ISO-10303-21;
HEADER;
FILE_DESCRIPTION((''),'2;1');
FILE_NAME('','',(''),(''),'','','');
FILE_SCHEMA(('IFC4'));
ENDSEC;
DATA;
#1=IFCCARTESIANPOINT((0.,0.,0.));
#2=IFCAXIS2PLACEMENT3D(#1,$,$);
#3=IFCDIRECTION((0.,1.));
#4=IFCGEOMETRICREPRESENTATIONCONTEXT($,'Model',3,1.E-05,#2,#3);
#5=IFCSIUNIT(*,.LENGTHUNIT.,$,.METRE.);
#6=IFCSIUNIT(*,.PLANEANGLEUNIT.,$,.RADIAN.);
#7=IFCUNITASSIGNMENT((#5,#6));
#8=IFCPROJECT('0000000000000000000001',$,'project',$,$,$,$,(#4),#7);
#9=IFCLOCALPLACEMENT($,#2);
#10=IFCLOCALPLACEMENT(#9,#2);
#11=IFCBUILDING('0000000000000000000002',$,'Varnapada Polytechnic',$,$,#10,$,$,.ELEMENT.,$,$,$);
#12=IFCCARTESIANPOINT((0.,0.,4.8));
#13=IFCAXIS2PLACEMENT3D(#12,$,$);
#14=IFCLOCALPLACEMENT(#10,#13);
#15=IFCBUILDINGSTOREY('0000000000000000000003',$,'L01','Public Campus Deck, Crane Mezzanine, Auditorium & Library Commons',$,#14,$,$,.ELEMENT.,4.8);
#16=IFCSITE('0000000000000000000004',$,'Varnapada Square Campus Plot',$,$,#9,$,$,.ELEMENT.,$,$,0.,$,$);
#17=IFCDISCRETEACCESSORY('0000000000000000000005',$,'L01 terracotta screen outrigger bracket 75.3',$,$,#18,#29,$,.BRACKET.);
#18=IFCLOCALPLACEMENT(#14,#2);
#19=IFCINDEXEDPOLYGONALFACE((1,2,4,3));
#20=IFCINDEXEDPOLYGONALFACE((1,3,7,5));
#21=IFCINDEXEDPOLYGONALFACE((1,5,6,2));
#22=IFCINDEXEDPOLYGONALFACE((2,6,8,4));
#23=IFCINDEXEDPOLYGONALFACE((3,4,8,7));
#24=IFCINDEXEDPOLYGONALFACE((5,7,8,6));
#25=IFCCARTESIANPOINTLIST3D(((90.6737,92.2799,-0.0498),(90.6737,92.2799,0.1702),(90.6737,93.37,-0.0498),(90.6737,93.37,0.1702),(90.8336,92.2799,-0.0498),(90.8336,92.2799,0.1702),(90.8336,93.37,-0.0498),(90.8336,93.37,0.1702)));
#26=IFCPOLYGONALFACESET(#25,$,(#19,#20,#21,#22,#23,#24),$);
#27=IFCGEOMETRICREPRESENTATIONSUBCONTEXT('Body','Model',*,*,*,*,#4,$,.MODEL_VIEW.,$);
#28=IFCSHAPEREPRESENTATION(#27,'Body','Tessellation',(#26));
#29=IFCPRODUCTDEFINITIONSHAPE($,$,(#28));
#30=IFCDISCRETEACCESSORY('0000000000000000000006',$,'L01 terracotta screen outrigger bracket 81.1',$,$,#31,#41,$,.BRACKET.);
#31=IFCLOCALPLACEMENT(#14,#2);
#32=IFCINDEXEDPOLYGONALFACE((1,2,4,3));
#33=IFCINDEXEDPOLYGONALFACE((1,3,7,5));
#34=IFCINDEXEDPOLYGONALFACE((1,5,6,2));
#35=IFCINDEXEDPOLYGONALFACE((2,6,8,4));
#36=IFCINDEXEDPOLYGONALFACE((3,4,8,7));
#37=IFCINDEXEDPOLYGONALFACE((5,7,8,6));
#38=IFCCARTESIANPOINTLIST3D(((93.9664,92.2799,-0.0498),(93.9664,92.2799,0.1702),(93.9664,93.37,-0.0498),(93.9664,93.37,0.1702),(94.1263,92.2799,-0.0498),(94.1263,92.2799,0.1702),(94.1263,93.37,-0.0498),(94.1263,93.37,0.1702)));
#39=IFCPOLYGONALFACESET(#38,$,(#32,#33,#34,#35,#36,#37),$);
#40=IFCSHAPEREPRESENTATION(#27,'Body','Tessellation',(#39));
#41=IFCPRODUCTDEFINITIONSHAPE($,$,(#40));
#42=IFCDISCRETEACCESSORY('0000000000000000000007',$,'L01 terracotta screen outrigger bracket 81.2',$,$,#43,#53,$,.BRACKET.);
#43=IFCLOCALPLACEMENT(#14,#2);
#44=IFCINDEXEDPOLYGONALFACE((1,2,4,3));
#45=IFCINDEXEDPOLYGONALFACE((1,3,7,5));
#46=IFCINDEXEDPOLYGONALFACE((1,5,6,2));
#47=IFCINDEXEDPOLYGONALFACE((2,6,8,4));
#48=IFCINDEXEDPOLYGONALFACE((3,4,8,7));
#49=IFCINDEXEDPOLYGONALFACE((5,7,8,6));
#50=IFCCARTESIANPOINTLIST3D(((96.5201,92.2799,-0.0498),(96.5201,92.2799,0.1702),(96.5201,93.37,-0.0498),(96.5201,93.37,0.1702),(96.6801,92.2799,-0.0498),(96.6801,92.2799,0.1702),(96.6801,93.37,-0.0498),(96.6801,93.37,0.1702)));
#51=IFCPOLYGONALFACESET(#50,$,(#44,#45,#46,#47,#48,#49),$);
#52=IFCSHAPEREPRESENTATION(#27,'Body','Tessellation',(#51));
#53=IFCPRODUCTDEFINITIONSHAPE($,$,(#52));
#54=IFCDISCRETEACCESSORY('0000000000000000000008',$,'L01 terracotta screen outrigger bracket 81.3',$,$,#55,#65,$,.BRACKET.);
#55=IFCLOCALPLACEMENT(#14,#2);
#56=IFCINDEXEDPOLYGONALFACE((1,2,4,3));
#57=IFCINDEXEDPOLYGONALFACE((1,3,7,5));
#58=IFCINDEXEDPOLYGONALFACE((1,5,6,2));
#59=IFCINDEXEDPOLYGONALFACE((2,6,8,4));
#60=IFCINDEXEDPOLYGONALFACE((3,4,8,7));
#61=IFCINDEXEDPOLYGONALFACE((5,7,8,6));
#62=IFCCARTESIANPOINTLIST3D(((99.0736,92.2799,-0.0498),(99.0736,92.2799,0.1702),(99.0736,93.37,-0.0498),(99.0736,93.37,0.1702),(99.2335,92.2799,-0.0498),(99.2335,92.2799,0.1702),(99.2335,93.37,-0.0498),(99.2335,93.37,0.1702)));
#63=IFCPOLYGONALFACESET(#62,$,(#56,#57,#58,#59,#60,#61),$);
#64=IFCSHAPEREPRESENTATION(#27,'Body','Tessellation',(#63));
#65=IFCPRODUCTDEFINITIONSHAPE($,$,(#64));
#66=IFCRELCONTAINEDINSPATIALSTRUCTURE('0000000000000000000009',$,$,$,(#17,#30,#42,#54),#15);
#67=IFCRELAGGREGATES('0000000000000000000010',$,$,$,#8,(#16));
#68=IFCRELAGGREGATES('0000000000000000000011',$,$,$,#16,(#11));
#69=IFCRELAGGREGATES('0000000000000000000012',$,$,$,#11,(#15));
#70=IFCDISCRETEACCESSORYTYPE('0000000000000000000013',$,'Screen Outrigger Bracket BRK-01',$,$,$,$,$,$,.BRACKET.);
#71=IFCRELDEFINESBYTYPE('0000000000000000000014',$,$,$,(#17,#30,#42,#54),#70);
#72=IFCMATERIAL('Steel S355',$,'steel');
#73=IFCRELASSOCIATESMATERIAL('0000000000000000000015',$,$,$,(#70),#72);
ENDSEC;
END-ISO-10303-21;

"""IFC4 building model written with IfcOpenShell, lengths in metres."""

from ifc_helpers import new_model, si_unit, direction, frame, origin, origin_2d, place, context, subcontext, project, spatial, rectangle, extrude, material, type_object, element, save


model = new_model("IFC4")

# Units and contexts
model_context = context("Model", 3, precision=1e-05, world=origin(), true_north=direction((0.0, 1.0)))
body_context = subcontext(model_context, "Body", "Model", "MODEL_VIEW")
ifc_project = project(units=[si_unit("LENGTHUNIT", "METRE"), si_unit("PLANEANGLEUNIT", "RADIAN")], contexts=[model_context])

# Site, building, storey
site_placement = place(None, origin())
site = spatial("IfcSite", under=ifc_project, at=site_placement, Name="Varnapada Square Campus Plot", CompositionType="ELEMENT", RefElevation=0.0)
building_placement = place(site_placement, origin())
building = spatial("IfcBuilding", under=site, at=building_placement, Name="Varnapada Polytechnic", CompositionType="ELEMENT")
storey_placement = place(building_placement, frame((0.0, 0.0, 4.8)))
storey = spatial("IfcBuildingStorey", under=building, at=storey_placement, Name="L01", Description="Public Campus Deck, Crane Mezzanine, Auditorium & Library Commons", CompositionType="ELEMENT", Elevation=4.8)

# Discrete accessories
ifc_material_1 = material(Name="Steel S355", Category="steel")
discrete_accessory_type = type_object("IfcDiscreteAccessoryType", Name="Screen Outrigger Bracket BRK-01", PredefinedType="BRACKET", material=ifc_material_1)
for number, where, z_axis, x_axis, name in (
    (1, (90.7537, 92.825, -0.0498), (0.0, 0.0, 1.0), (1.0, 0.0, 0.0), "L01 terracotta screen outrigger bracket 75.3"),
    (2, (94.0464, 92.825, -0.0498), (0.0, 0.0, 1.0), (1.0, 0.0, 0.0), "L01 terracotta screen outrigger bracket 81.1"),
    (3, (96.6001, 92.825, -0.0498), (0.0, 0.0, 1.0), (1.0, 0.0, 0.0), "L01 terracotta screen outrigger bracket 81.2"),
    (4, (99.1536, 92.825, -0.0498), (0.0, 0.0, 1.0), (1.0, 0.0, 0.0), "L01 terracotta screen outrigger bracket 81.3"),
):
    element("IfcDiscreteAccessory", number, at=place(storey_placement, frame(where, z_axis=z_axis, x_axis=x_axis)), inside=storey, type_object=discrete_accessory_type, Name=name, PredefinedType="BRACKET", context=body_context, shape_type="SweptSolid", body=[
        extrude(rectangle(XDim=0.1599, YDim=1.0901, at=origin_2d()), origin(), (0.0, 0.0, 1.0), 0.22),
    ])

save(model, "model.ifc")
